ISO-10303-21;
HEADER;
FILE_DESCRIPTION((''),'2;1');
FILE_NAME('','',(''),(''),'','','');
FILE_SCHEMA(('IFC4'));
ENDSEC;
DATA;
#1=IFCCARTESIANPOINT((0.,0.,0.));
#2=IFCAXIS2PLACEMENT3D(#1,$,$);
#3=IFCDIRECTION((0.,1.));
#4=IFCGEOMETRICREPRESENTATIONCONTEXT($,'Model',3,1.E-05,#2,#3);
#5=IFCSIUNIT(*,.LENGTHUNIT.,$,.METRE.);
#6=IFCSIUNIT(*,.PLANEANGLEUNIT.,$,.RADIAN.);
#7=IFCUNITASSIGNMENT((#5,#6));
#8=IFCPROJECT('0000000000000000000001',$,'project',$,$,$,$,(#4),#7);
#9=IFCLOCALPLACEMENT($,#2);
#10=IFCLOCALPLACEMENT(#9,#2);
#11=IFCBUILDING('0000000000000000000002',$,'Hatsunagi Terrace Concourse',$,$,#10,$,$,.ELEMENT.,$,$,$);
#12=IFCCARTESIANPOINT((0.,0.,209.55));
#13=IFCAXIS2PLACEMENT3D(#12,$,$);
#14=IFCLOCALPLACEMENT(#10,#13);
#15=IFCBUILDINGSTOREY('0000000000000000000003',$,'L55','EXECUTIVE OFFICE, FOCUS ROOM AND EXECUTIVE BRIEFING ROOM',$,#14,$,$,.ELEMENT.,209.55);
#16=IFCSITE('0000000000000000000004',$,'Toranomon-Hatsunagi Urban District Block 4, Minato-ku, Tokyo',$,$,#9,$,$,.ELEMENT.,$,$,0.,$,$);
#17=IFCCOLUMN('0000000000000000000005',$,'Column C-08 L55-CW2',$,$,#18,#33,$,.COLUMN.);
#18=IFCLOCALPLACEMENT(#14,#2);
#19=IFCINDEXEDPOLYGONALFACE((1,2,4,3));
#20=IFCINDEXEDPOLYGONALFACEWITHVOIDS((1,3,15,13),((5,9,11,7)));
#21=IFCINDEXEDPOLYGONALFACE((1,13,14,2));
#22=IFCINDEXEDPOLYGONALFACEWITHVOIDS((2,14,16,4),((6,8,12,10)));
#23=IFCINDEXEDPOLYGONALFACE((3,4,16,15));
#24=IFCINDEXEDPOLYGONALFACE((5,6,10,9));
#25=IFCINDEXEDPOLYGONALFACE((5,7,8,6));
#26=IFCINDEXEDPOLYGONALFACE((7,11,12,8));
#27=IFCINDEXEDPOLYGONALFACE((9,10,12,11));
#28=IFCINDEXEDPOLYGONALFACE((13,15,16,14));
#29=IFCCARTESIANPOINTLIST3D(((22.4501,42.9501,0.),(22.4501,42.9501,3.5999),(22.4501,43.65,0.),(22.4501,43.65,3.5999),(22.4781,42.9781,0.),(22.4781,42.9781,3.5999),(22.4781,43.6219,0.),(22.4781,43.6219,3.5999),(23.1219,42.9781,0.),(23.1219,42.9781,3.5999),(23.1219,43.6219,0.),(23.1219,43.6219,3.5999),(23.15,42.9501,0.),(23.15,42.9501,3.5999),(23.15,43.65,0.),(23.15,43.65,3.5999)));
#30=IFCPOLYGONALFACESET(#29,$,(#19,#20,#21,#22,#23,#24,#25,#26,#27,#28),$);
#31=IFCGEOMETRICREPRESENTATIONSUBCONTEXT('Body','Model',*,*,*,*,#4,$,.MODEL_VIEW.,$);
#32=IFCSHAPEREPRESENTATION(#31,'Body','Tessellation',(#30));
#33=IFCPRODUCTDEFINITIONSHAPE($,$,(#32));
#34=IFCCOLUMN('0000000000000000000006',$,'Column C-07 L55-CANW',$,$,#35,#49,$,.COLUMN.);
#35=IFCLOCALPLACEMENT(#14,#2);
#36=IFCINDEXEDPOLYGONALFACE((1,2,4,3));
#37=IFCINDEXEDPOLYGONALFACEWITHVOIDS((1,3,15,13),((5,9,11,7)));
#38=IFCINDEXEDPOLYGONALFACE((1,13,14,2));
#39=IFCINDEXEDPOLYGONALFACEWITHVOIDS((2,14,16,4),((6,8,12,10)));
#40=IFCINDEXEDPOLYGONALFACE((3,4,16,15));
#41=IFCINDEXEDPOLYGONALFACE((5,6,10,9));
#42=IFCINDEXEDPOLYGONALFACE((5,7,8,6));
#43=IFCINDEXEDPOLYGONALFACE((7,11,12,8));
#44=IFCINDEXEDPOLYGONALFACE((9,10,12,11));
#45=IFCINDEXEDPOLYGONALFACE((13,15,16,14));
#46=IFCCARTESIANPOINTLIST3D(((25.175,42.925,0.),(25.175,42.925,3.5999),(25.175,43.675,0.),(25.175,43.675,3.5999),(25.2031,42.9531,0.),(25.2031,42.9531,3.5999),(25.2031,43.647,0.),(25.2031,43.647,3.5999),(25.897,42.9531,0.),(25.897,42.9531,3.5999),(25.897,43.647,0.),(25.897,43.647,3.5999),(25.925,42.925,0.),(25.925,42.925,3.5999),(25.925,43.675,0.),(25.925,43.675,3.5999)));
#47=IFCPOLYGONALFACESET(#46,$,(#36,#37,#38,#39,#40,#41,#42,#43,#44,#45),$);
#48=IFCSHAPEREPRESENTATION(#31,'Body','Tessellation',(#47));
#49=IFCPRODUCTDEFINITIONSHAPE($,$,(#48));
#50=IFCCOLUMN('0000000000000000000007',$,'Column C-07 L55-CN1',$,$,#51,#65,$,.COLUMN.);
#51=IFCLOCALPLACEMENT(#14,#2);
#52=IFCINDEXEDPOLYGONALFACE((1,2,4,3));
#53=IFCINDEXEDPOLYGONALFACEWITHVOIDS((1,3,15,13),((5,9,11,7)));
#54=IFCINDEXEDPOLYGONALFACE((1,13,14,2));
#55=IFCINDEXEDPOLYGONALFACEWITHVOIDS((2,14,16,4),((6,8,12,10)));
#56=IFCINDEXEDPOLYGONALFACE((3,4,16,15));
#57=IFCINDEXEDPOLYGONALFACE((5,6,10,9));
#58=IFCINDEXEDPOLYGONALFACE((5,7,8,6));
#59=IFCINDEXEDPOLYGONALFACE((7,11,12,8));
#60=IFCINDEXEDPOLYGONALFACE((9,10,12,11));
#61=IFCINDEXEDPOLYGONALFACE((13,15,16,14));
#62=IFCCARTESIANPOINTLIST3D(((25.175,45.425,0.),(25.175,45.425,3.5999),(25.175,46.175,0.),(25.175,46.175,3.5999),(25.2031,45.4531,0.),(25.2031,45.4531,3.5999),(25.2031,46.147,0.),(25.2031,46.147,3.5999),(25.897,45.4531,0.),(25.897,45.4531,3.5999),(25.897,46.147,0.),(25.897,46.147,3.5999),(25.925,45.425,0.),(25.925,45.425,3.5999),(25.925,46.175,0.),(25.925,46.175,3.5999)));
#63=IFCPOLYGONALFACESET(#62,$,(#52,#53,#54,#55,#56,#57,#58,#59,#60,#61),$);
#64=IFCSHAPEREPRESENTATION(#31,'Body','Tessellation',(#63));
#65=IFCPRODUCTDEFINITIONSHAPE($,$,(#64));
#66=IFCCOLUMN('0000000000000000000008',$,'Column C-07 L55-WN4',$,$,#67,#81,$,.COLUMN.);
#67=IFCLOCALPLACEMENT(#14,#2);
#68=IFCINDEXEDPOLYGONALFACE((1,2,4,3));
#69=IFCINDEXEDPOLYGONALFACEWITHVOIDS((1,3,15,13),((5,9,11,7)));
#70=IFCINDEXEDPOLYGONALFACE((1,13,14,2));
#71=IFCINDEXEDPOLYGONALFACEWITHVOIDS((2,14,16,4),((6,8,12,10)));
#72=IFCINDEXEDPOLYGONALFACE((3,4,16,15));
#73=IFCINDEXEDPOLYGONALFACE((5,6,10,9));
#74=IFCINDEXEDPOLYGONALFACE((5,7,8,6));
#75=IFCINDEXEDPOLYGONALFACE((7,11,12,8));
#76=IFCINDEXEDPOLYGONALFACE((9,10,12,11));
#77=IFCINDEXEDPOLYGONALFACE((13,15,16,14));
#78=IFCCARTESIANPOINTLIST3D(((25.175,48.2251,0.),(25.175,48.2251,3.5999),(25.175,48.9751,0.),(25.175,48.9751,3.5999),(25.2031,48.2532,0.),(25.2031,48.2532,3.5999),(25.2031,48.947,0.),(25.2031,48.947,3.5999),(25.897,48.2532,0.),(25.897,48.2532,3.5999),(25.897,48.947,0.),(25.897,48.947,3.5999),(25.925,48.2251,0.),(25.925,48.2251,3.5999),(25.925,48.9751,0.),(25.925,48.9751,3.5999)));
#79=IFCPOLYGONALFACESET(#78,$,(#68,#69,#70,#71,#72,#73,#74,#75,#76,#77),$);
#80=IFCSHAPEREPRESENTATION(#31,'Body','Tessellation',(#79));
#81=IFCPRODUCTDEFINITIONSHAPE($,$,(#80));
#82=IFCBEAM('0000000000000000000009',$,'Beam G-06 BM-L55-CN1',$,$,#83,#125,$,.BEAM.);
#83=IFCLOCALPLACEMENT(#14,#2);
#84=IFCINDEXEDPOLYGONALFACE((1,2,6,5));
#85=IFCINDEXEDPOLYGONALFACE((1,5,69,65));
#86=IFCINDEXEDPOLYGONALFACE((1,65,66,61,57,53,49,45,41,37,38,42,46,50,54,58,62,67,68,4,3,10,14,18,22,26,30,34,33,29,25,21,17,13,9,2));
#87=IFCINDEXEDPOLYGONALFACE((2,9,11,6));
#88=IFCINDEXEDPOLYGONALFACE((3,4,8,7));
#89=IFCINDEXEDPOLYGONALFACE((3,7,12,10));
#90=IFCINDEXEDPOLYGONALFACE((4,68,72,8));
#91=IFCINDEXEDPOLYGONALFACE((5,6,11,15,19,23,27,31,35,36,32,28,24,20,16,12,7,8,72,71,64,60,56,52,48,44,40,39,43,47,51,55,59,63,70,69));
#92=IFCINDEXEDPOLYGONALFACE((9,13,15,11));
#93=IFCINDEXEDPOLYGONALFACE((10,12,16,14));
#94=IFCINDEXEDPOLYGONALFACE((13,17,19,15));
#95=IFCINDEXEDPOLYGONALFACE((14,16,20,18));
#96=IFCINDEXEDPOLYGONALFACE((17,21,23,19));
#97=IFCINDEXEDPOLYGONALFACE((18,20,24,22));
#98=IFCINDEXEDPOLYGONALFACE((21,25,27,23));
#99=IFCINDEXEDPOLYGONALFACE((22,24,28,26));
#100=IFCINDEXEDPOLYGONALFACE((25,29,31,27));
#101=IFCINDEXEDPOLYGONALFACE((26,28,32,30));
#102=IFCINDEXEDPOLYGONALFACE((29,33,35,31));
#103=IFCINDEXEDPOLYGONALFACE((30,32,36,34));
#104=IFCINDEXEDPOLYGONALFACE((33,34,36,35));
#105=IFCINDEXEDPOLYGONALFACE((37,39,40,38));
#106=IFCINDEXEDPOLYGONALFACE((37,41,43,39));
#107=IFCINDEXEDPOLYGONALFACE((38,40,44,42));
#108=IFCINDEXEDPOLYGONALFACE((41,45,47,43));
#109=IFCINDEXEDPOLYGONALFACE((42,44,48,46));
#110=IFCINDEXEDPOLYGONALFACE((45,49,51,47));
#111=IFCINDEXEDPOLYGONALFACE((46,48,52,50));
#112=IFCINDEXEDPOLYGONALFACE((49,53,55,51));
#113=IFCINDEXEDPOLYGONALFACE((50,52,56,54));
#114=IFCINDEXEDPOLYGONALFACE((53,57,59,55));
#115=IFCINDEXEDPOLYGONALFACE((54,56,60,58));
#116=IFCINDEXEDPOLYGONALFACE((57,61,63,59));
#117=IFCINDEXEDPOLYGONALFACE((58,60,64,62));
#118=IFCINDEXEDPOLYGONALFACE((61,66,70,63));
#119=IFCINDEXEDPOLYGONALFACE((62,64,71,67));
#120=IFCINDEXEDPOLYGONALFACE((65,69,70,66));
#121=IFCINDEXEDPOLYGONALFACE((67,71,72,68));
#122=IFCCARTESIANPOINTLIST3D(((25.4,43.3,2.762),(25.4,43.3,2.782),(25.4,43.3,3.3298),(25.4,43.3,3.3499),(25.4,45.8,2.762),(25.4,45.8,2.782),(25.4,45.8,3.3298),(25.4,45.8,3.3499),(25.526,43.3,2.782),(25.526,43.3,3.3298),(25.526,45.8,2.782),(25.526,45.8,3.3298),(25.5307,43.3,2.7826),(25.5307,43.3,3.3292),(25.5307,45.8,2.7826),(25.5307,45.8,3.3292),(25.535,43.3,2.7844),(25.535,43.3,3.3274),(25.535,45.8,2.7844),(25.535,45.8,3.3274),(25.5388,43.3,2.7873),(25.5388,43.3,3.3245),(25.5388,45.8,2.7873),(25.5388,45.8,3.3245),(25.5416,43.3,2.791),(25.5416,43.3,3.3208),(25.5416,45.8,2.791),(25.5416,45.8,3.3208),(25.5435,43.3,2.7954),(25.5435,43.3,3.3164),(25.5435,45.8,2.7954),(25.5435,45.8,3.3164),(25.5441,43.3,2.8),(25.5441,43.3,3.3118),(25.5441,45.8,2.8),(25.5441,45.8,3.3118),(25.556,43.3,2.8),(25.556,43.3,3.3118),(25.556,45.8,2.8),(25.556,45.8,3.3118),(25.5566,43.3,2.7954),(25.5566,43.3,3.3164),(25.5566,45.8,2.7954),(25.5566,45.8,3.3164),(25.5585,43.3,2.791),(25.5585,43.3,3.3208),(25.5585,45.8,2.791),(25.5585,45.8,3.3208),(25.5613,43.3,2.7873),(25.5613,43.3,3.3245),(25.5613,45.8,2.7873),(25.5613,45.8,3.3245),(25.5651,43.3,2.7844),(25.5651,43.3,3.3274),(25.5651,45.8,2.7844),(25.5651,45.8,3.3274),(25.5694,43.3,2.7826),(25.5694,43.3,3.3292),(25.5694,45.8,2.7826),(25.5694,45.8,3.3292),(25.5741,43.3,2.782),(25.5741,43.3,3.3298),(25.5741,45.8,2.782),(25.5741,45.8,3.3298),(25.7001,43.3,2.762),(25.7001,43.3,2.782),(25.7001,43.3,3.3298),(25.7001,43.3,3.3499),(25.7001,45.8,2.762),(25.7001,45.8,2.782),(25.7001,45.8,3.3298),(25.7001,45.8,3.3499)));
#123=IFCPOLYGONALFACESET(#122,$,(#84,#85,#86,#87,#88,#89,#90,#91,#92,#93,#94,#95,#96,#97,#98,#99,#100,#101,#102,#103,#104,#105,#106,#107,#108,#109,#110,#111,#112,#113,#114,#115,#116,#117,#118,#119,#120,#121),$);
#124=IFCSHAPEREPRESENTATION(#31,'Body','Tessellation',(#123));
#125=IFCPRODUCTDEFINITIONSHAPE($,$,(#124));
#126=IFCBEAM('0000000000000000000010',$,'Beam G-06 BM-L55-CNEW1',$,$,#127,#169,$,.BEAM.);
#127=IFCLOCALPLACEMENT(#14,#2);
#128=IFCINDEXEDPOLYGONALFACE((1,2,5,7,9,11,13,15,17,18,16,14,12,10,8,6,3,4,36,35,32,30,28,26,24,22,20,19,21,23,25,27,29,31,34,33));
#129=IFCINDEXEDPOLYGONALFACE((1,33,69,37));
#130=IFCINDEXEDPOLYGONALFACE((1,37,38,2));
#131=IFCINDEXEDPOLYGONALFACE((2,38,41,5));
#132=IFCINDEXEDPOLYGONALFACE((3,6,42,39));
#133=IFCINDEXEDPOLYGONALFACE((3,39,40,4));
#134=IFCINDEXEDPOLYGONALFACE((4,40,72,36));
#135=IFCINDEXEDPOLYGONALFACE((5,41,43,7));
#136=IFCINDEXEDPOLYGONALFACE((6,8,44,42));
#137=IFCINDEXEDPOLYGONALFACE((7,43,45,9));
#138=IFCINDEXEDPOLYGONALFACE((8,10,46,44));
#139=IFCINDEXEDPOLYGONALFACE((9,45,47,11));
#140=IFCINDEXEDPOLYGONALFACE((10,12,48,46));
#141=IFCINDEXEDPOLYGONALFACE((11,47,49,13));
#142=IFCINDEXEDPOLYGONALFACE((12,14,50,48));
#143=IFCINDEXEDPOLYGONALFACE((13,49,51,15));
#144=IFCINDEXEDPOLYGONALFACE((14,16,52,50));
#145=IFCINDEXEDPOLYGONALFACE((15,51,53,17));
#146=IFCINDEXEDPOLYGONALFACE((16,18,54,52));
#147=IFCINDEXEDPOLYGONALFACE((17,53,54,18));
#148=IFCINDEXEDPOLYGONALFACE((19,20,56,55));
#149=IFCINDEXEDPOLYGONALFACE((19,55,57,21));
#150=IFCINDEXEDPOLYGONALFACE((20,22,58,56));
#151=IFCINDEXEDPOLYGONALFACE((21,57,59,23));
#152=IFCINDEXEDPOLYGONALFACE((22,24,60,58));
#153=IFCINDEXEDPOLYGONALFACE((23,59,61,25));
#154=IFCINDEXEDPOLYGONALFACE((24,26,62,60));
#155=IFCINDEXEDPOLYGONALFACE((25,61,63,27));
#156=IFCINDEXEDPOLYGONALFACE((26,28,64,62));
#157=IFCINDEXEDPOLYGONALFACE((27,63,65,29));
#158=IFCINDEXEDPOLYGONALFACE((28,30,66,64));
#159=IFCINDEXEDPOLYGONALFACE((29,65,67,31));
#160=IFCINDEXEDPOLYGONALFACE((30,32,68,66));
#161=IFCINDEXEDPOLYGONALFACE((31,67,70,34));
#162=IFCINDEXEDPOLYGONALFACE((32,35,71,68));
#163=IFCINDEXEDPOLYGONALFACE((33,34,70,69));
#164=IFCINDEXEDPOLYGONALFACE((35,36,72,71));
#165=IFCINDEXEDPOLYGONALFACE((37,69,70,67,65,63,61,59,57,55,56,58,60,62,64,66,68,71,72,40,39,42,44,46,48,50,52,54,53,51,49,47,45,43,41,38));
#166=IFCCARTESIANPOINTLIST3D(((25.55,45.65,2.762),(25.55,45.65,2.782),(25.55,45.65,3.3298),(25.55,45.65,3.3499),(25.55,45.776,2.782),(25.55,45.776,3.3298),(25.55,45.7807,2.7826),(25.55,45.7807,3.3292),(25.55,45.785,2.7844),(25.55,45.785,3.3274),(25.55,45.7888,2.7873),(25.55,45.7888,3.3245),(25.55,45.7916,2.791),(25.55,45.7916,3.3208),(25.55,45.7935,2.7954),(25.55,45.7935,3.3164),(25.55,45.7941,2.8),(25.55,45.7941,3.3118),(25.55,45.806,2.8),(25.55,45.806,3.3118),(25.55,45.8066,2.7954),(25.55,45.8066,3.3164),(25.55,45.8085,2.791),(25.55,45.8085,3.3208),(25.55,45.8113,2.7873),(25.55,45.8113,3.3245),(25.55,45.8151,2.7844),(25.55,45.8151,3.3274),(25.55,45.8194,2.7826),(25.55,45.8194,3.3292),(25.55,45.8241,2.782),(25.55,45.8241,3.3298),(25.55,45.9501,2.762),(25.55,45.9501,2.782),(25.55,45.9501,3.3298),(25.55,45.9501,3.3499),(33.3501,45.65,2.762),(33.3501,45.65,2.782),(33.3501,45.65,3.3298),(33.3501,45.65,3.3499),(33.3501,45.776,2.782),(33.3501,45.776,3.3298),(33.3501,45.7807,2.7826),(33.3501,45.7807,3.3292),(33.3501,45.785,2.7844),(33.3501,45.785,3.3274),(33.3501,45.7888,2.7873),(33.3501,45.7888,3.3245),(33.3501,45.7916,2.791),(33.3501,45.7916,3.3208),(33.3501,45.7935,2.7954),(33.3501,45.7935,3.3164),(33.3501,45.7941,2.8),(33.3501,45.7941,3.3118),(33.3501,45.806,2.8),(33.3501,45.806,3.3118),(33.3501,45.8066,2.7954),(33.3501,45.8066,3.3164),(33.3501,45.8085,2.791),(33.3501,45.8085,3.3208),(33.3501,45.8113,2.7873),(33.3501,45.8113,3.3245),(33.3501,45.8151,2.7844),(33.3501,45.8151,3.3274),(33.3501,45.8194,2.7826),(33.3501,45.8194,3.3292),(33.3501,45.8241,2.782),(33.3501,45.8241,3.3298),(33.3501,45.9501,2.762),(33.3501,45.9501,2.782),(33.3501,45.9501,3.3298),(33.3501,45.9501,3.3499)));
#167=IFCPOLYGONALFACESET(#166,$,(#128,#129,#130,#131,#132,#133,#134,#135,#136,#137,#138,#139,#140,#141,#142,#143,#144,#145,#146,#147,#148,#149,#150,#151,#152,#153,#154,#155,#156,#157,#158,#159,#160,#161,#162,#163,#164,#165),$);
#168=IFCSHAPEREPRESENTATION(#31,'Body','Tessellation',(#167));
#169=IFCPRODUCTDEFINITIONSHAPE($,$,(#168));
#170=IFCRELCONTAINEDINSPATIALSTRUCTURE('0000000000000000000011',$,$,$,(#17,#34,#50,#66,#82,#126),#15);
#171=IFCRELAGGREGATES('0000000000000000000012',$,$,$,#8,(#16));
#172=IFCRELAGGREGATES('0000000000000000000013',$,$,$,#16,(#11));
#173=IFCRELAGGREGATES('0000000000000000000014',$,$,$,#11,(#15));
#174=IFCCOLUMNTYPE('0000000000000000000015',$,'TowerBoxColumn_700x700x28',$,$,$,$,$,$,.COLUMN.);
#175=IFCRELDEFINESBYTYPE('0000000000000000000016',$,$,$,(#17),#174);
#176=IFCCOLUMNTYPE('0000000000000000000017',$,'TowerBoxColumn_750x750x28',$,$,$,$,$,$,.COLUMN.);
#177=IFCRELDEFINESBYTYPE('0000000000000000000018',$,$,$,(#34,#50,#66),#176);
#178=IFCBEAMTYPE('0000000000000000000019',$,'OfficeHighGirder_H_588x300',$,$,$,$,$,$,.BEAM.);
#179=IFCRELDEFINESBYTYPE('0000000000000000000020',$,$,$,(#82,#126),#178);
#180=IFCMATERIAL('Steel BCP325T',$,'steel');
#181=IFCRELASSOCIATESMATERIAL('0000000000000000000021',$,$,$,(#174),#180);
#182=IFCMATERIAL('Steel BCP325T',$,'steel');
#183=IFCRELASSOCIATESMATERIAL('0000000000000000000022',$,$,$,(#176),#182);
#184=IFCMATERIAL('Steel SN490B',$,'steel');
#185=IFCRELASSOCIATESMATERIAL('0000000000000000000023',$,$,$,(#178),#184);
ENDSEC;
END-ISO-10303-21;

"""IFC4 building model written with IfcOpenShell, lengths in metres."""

from ifc_helpers import new_model, si_unit, direction, frame, origin, origin_2d, place, context, subcontext, project, spatial, hollow_rectangle, i_section, extrude, material, material_profile, profile_set, type_object, element, save


model = new_model("IFC4")

# Units and contexts
model_context = context("Model", 3, precision=1e-05, world=origin(), true_north=direction((0.0, 1.0)))
body_context = subcontext(model_context, "Body", "Model", "MODEL_VIEW")
ifc_project = project(units=[si_unit("LENGTHUNIT", "METRE"), si_unit("PLANEANGLEUNIT", "RADIAN")], contexts=[model_context])

# Site, building, storey
site_placement = place(None, origin())
site = spatial("IfcSite", under=ifc_project, at=site_placement, Name="Toranomon-Hatsunagi Urban District Block 4, Minato-ku, Tokyo", CompositionType="ELEMENT", RefElevation=0.0)
building_placement = place(site_placement, origin())
building = spatial("IfcBuilding", under=site, at=building_placement, Name="Hatsunagi Terrace Concourse", CompositionType="ELEMENT")
storey_placement = place(building_placement, frame((0.0, 0.0, 209.55)))
storey = spatial("IfcBuildingStorey", under=building, at=storey_placement, Name="L55", Description="EXECUTIVE OFFICE, FOCUS ROOM AND EXECUTIVE BRIEFING ROOM", CompositionType="ELEMENT", Elevation=209.55)

# Columns
ifc_material_1 = material(Name="Steel BCP325T", Category="steel")
ifc_material_profile_1 = material_profile(ifc_material_1, hollow_rectangle(XDim=0.7, YDim=0.7, WallThickness=0.0281, at=origin_2d()), Name="BCP-700x700x28")
ifc_profile_set_1 = profile_set([ifc_material_profile_1], Name="Steel BCP325T")
column_type_1 = type_object("IfcColumnType", Name="TowerBoxColumn_700x700x28", PredefinedType="COLUMN", material=ifc_profile_set_1)
column_placement = place(storey_placement, frame((22.8, 43.3, 0.0), z_axis=(0.0, 0.0, 1.0), x_axis=(1.0, 0.0, 0.0)))
element("IfcColumn", 1, at=column_placement, inside=storey, type_object=column_type_1, Name="Column C-08 L55-CW2", PredefinedType="COLUMN", context=body_context, shape_type="SweptSolid", body=[
    extrude(hollow_rectangle(XDim=0.7, YDim=0.7, WallThickness=0.0281, at=origin_2d()), origin(), (0.0, 0.0, 1.0), 3.5999),
])
ifc_material_2 = material(Name="Steel BCP325T", Category="steel")
ifc_material_profile_2 = material_profile(ifc_material_2, hollow_rectangle(XDim=0.75, YDim=0.75, WallThickness=0.0281, at=origin_2d()), Name="BCP-750x750x28")
ifc_profile_set_2 = profile_set([ifc_material_profile_2], Name="Steel BCP325T")
column_type_2 = type_object("IfcColumnType", Name="TowerBoxColumn_750x750x28", PredefinedType="COLUMN", material=ifc_profile_set_2)
for number, where, z_axis, x_axis, name in (
    (2, (25.55, 43.3, 0.0), (0.0, 0.0, 1.0), (1.0, 0.0, 0.0), "Column C-07 L55-CANW"),
    (3, (25.55, 45.8, 0.0), (0.0, 0.0, 1.0), (1.0, 0.0, 0.0), "Column C-07 L55-CN1"),
    (4, (25.55, 48.6001, 0.0), (0.0, 0.0, 1.0), (1.0, 0.0, 0.0), "Column C-07 L55-WN4"),
):
    element("IfcColumn", number, at=place(storey_placement, frame(where, z_axis=z_axis, x_axis=x_axis)), inside=storey, type_object=column_type_2, Name=name, PredefinedType="COLUMN", context=body_context, shape_type="SweptSolid", body=[
        extrude(hollow_rectangle(XDim=0.75, YDim=0.75, WallThickness=0.0281, at=origin_2d()), origin(), (0.0, 0.0, 1.0), 3.5999),
    ])

# Beams
ifc_material_3 = material(Name="Steel SN490B", Category="steel")
ifc_material_profile_3 = material_profile(ifc_material_3, i_section(OverallWidth=0.3, OverallDepth=0.5879, WebThickness=0.012, FlangeThickness=0.02, FilletRadius=0.0181, at=origin_2d()), Name="H-588x300x12x20")
ifc_profile_set_3 = profile_set([ifc_material_profile_3], Name="Steel SN490B")
beam_type_1 = type_object("IfcBeamType", Name="OfficeHighGirder_H_588x300", PredefinedType="BEAM", material=ifc_profile_set_3)
beam_1_placement = place(storey_placement, frame((25.55, 43.3, 3.0559), z_axis=(0.0, 1.0, 0.0), x_axis=(-1.0, 0.0, 0.0)))
element("IfcBeam", 5, at=beam_1_placement, inside=storey, type_object=beam_type_1, Name="Beam G-06 BM-L55-CN1", PredefinedType="BEAM", context=body_context, shape_type="SweptSolid", body=[
    extrude(i_section(OverallWidth=0.3, OverallDepth=0.5879, WebThickness=0.012, FlangeThickness=0.02, FilletRadius=0.0181, at=origin_2d()), origin(), (0.0, 0.0, 1.0), 2.5),
])
beam_2_placement = place(storey_placement, frame((25.55, 45.8, 3.0559), z_axis=(1.0, 0.0, 0.0), x_axis=(0.0, 1.0, 0.0)))
element("IfcBeam", 6, at=beam_2_placement, inside=storey, type_object=beam_type_1, Name="Beam G-06 BM-L55-CNEW1", PredefinedType="BEAM", context=body_context, shape_type="SweptSolid", body=[
    extrude(i_section(OverallWidth=0.3, OverallDepth=0.5879, WebThickness=0.012, FlangeThickness=0.02, FilletRadius=0.0181, at=origin_2d()), origin(), (0.0, 0.0, 1.0), 7.8),
])

save(model, "model.ifc")
